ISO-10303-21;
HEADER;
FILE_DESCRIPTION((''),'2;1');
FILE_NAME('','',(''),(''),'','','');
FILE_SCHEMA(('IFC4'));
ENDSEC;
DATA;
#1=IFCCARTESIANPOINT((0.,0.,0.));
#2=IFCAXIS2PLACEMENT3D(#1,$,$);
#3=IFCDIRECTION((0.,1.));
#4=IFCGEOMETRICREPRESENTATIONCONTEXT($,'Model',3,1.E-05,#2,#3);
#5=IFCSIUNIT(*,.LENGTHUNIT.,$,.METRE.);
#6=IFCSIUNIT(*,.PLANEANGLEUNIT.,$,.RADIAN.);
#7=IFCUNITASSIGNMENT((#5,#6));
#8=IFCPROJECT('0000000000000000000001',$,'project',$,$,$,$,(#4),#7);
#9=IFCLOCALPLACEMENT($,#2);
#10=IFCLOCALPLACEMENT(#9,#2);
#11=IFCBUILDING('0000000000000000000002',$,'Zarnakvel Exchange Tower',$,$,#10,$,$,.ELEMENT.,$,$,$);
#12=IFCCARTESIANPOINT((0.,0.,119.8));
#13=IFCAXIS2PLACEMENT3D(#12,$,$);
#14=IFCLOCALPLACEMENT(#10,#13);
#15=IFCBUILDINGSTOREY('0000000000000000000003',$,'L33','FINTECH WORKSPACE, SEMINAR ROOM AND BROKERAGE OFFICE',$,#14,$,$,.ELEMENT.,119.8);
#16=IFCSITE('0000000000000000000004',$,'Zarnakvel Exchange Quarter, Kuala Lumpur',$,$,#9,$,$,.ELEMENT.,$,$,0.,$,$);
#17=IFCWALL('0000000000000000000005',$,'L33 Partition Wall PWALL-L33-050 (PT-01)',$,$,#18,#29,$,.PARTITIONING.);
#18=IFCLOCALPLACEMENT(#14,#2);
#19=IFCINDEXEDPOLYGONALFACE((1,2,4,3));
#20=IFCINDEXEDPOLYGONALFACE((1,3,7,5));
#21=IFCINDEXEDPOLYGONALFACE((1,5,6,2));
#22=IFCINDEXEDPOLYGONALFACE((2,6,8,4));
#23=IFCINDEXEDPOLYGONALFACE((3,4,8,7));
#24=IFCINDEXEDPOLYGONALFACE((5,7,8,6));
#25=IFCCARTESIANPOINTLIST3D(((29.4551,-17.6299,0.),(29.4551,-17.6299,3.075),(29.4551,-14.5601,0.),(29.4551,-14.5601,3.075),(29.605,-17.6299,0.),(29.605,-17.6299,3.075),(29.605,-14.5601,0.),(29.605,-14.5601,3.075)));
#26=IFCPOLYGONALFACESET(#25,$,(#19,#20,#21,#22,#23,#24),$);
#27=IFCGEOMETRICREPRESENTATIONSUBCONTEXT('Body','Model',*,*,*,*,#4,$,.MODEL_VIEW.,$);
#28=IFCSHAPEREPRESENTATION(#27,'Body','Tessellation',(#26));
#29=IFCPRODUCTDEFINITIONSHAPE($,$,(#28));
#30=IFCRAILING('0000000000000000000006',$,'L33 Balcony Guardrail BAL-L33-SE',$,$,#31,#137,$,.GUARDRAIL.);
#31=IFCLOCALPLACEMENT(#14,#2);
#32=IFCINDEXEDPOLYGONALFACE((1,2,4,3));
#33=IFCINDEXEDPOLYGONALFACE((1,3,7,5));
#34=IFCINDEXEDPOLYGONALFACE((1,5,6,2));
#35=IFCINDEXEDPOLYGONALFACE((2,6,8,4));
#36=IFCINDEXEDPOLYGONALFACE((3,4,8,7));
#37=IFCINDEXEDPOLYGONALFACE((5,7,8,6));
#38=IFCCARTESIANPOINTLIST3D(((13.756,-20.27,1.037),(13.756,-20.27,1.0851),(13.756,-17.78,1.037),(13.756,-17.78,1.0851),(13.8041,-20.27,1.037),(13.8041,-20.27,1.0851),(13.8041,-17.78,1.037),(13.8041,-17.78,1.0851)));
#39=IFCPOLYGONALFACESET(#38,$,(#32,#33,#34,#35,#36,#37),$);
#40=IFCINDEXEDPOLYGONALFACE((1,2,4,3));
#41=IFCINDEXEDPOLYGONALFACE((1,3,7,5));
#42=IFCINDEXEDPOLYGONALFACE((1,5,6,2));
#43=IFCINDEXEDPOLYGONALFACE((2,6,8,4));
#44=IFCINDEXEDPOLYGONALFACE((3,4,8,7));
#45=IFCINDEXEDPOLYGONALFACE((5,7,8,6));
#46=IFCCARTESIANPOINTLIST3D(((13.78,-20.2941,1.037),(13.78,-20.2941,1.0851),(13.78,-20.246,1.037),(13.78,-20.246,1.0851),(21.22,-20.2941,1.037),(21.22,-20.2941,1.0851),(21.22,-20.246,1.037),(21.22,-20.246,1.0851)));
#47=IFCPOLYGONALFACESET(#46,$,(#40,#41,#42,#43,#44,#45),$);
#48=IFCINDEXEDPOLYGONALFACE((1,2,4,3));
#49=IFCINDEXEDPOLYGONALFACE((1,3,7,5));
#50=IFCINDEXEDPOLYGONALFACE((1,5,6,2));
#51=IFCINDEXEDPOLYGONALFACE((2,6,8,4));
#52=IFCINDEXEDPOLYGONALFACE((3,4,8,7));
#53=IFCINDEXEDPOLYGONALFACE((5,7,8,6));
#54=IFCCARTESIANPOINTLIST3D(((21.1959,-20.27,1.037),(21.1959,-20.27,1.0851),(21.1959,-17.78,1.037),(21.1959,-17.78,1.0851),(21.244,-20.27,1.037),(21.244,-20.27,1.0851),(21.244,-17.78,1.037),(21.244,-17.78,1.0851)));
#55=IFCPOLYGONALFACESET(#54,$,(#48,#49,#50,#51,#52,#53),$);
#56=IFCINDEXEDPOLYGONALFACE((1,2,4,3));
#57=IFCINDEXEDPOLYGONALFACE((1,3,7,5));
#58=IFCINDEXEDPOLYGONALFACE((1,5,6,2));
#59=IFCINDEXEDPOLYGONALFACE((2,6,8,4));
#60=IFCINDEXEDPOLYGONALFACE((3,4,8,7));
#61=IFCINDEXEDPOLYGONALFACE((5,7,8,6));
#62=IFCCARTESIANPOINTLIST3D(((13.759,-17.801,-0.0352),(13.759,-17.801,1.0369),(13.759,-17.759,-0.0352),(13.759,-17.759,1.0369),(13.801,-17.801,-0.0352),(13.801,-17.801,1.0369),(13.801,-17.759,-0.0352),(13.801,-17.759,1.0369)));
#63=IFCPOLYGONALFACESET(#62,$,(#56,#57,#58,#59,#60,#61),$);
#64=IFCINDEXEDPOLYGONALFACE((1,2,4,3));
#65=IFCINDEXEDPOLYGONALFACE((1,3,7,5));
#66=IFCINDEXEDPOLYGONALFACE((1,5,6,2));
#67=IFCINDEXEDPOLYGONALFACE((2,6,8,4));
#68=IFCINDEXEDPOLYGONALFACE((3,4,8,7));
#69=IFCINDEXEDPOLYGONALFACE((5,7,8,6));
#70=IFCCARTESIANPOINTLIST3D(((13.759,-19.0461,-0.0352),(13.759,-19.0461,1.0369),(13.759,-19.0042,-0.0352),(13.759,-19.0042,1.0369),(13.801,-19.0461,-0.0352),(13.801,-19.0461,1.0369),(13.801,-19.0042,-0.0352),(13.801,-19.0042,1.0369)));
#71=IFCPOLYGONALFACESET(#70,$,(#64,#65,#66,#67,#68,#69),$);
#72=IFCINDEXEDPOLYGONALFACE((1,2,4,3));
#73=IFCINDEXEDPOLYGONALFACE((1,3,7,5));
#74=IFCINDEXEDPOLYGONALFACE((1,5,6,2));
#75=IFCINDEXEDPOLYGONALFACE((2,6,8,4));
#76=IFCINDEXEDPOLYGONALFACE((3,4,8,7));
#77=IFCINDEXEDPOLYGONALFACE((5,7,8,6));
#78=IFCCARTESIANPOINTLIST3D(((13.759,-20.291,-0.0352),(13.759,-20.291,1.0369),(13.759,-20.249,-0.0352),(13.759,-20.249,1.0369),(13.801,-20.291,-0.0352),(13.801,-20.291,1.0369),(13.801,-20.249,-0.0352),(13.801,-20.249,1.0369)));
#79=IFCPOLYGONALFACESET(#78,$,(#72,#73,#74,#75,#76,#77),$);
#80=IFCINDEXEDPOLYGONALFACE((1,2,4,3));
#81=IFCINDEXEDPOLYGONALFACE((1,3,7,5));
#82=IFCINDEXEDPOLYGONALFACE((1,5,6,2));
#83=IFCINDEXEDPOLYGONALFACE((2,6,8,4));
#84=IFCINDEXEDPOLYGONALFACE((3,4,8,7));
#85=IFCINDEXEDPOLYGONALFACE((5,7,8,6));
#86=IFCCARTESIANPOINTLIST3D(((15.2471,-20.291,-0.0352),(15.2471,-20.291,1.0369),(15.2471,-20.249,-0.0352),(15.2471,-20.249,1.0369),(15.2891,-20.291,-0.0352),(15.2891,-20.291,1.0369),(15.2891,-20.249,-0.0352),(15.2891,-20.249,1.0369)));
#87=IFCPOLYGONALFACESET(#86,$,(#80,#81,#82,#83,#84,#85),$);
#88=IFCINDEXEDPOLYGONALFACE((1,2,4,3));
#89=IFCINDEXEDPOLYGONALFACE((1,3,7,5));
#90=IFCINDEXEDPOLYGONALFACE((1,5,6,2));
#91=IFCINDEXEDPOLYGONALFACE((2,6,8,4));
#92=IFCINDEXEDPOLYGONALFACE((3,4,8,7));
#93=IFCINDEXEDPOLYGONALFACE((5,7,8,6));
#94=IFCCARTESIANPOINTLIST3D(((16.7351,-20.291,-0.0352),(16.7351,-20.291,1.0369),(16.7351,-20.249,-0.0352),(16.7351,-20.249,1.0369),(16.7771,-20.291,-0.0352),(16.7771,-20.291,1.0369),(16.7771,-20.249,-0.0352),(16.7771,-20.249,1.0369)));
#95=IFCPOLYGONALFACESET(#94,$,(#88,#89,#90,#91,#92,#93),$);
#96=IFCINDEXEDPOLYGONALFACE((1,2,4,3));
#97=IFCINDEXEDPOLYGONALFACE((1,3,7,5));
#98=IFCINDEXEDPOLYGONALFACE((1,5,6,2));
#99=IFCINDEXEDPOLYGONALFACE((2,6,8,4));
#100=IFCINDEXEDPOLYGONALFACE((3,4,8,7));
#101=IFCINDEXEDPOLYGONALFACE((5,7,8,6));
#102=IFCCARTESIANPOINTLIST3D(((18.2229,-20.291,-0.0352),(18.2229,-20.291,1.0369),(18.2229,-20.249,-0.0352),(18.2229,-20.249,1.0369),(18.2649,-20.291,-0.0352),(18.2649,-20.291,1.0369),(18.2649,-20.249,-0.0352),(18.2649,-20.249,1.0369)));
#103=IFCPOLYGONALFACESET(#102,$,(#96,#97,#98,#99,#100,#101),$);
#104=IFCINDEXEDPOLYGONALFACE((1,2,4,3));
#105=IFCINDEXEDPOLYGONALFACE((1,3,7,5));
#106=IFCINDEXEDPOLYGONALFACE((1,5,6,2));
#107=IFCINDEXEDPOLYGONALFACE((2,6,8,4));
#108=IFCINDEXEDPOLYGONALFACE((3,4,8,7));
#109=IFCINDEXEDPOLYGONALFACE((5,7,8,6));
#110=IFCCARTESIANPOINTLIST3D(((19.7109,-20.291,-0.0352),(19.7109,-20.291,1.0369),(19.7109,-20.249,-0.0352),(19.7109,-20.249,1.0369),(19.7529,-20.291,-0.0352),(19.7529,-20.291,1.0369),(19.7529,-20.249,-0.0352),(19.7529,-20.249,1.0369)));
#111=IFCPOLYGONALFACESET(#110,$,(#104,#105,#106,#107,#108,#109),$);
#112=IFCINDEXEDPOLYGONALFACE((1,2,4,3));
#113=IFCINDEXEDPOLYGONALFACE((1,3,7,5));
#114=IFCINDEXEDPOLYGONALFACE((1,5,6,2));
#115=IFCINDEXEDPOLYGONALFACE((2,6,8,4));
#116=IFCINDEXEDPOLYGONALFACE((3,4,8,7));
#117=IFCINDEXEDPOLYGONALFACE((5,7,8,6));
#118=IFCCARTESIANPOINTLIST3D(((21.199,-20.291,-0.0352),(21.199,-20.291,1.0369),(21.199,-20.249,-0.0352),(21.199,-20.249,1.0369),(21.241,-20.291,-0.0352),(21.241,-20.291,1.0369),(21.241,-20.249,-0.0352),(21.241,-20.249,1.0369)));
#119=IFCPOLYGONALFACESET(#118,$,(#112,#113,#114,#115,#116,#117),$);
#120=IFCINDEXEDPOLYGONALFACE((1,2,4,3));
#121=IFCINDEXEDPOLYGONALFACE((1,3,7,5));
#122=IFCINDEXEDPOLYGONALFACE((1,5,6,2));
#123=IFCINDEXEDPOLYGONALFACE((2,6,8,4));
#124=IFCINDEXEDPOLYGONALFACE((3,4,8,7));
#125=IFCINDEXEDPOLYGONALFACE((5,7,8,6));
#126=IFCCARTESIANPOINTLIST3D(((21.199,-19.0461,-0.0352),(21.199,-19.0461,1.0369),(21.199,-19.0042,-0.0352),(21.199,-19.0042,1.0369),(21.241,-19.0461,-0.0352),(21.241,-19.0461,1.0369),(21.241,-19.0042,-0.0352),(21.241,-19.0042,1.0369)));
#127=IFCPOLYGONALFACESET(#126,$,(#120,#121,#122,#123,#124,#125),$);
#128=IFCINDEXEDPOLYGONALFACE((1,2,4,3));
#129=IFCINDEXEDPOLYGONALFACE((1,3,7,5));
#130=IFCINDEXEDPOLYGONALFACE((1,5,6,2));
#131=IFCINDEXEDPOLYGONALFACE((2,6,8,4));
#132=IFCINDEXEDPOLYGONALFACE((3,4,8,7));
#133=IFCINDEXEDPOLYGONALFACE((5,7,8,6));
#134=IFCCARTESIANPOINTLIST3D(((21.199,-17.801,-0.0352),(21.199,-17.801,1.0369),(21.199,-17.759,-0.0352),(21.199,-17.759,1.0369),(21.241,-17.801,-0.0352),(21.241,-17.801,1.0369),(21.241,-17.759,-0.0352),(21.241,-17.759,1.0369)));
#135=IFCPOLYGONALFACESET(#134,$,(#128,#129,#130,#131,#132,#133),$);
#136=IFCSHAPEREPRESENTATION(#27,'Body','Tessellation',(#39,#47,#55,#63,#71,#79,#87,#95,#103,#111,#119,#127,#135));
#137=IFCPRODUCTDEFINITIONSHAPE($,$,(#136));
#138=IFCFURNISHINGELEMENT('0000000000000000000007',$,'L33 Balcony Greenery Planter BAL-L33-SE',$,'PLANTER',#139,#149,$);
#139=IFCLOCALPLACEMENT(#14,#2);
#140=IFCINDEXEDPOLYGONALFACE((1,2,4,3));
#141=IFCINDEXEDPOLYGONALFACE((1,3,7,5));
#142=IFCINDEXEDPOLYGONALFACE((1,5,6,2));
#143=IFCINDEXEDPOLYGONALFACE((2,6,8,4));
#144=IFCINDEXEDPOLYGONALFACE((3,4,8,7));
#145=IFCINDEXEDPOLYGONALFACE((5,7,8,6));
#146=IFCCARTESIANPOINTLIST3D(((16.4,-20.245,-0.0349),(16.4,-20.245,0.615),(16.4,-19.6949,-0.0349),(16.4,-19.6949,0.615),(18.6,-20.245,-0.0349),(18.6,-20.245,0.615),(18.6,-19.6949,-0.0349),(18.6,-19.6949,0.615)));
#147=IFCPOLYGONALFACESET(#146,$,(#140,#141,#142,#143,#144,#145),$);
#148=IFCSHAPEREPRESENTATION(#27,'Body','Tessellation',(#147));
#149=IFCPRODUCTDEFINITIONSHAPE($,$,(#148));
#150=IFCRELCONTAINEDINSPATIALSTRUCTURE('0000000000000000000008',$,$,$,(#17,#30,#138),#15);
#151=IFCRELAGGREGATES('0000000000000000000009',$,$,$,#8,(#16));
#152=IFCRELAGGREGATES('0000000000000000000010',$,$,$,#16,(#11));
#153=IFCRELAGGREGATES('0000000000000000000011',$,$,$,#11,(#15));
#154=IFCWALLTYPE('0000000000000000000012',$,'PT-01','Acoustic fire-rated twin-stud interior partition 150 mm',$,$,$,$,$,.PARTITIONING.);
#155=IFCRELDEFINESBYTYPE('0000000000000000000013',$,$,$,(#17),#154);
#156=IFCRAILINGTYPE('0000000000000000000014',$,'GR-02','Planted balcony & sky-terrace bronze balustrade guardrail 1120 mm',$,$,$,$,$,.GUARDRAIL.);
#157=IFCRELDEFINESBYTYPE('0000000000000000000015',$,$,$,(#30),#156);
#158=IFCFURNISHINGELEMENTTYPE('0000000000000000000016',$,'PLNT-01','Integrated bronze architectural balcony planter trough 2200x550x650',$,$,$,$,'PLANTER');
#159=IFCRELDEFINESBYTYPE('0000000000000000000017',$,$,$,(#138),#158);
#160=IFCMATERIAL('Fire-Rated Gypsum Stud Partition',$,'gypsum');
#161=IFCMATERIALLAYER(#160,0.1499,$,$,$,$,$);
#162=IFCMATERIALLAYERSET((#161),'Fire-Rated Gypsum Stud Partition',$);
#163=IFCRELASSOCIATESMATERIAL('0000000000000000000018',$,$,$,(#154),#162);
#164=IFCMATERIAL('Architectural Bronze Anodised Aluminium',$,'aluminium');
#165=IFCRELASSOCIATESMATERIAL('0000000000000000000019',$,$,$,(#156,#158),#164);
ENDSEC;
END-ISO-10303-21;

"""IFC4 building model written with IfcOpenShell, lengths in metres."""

from ifc_helpers import new_model, si_unit, direction, frame, frame_2d, origin, origin_2d, place, context, subcontext, project, spatial, rectangle, extrude, source, transform, mapped, material, layer, layer_set, type_object, element, save


model = new_model("IFC4")

# Units and contexts
model_context = context("Model", 3, precision=1e-05, world=origin(), true_north=direction((0.0, 1.0)))
body_context = subcontext(model_context, "Body", "Model", "MODEL_VIEW")
ifc_project = project(units=[si_unit("LENGTHUNIT", "METRE"), si_unit("PLANEANGLEUNIT", "RADIAN")], contexts=[model_context])

# Site, building, storey
site_placement = place(None, origin())
site = spatial("IfcSite", under=ifc_project, at=site_placement, Name="Zarnakvel Exchange Quarter, Kuala Lumpur", CompositionType="ELEMENT", RefElevation=0.0)
building_placement = place(site_placement, origin())
building = spatial("IfcBuilding", under=site, at=building_placement, Name="Zarnakvel Exchange Tower", CompositionType="ELEMENT")
storey_placement = place(building_placement, frame((0.0, 0.0, 119.8)))
storey = spatial("IfcBuildingStorey", under=building, at=storey_placement, Name="L33", Description="FINTECH WORKSPACE, SEMINAR ROOM AND BROKERAGE OFFICE", CompositionType="ELEMENT", Elevation=119.8)

# Shared definitions
ifc_material_1 = material(Name="Architectural Bronze Anodised Aluminium", Category="aluminium")

# Shared definitions
ifc_material_2 = material(Name="Fire-Rated Gypsum Stud Partition", Category="gypsum")
ifc_layer_1 = layer(ifc_material_2, 0.1499)
ifc_layer_set_1 = layer_set([ifc_layer_1], Name="Fire-Rated Gypsum Stud Partition")
wall_type_1 = type_object("IfcWallType", Name="PT-01", Description="Acoustic fire-rated twin-stud interior partition 150 mm", PredefinedType="PARTITIONING", material=ifc_layer_set_1)

# Wall
wall_1_placement = place(storey_placement, frame((29.53, -14.5601, 0.0), z_axis=(0.0, 0.0, 1.0), x_axis=(0.0, -1.0, 0.0)))
element("IfcWall", 1, at=wall_1_placement, inside=storey, type_object=wall_type_1, Name="L33 Partition Wall PWALL-L33-050 (PT-01)", PredefinedType="PARTITIONING", context=body_context, shape_type="SweptSolid", body=[
    extrude(rectangle(XDim=3.0698, YDim=0.1499, at=frame_2d((1.5349, 0.0))), origin(), (0.0, 0.0, 1.0), 3.075),
])

# Railing
railing_type = type_object("IfcRailingType", Name="GR-02", Description="Planted balcony & sky-terrace bronze balustrade guardrail 1120 mm", PredefinedType="GUARDRAIL", material=ifc_material_1)
railing_placement = place(storey_placement, frame((13.78, -17.78, -0.0352)))
element("IfcRailing", 2, at=railing_placement, inside=storey, type_object=railing_type, Name="L33 Balcony Guardrail BAL-L33-SE", PredefinedType="GUARDRAIL", context=body_context, shape_type="SweptSolid", body=[
    extrude(rectangle(XDim=0.0481, YDim=0.0481, at=origin_2d()), frame((0.0, 0.0, 1.0962), z_axis=(0.0, -1.0, 0.0), x_axis=(1.0, 0.0, 0.0)), (0.0, 0.0, 1.0), 2.49),
    extrude(rectangle(XDim=0.0481, YDim=0.0481, at=origin_2d()), frame((0.0, -2.49, 1.0962), z_axis=(1.0, 0.0, 0.0), x_axis=(0.0, 1.0, 0.0)), (0.0, 0.0, 1.0), 7.4399),
    extrude(rectangle(XDim=0.0481, YDim=0.0481, at=origin_2d()), frame((7.4399, -2.49, 1.0962), z_axis=(0.0, 1.0, 0.0), x_axis=(-1.0, 0.0, 0.0)), (0.0, 0.0, 1.0), 2.49),
    extrude(rectangle(XDim=0.042, YDim=0.042, at=origin_2d()), origin(), (0.0, 0.0, 1.0), 1.072),
    extrude(rectangle(XDim=0.042, YDim=0.042, at=origin_2d()), frame((0.0, -1.2451, 0.0)), (0.0, 0.0, 1.0), 1.072),
    extrude(rectangle(XDim=0.042, YDim=0.042, at=origin_2d()), frame((0.0, -2.49, 0.0)), (0.0, 0.0, 1.0), 1.072),
    extrude(rectangle(XDim=0.042, YDim=0.042, at=origin_2d()), frame((1.488, -2.49, 0.0)), (0.0, 0.0, 1.0), 1.072),
    extrude(rectangle(XDim=0.042, YDim=0.042, at=origin_2d()), frame((2.9761, -2.49, 0.0)), (0.0, 0.0, 1.0), 1.072),
    extrude(rectangle(XDim=0.042, YDim=0.042, at=origin_2d()), frame((4.4639, -2.49, 0.0)), (0.0, 0.0, 1.0), 1.072),
    extrude(rectangle(XDim=0.042, YDim=0.042, at=origin_2d()), frame((5.9519, -2.49, 0.0)), (0.0, 0.0, 1.0), 1.072),
    extrude(rectangle(XDim=0.042, YDim=0.042, at=origin_2d()), frame((7.4399, -2.49, 0.0)), (0.0, 0.0, 1.0), 1.072),
    extrude(rectangle(XDim=0.042, YDim=0.042, at=origin_2d()), frame((7.4399, -1.2451, 0.0)), (0.0, 0.0, 1.0), 1.072),
    extrude(rectangle(XDim=0.042, YDim=0.042, at=origin_2d()), frame((7.4399, 0.0, 0.0)), (0.0, 0.0, 1.0), 1.072),
])

# Furnishing element
furnishing_element_type = type_object("IfcFurnishingElementType", Name="PLNT-01", Description="Integrated bronze architectural balcony planter trough 2200x550x650", ElementType="PLANTER", material=ifc_material_1)
shared_shape_1 = source(origin(), body_context, "Body", "SweptSolid", [
    extrude(rectangle(XDim=2.2, YDim=0.55, at=origin_2d()), origin(), (0.0, 0.0, 1.0), 0.6499),
])
furnishing_placement = place(storey_placement, frame((17.5, -19.97, -0.0349), z_axis=(0.0, 0.0, 1.0), x_axis=(1.0, 0.0, 0.0)))
element("IfcFurnishingElement", 3, at=furnishing_placement, inside=storey, type_object=furnishing_element_type, Name="L33 Balcony Greenery Planter BAL-L33-SE", ObjectType="PLANTER", context=body_context, shape_type="MappedRepresentation", body=[
    mapped(shared_shape_1, transform((0.0, 0.0, 0.0), x_axis=(1.0, 0.0, 0.0), y_axis=(0.0, 1.0, 0.0), z_axis=(0.0, 0.0, 1.0), scale=1.0)),
])

save(model, "model.ifc")
